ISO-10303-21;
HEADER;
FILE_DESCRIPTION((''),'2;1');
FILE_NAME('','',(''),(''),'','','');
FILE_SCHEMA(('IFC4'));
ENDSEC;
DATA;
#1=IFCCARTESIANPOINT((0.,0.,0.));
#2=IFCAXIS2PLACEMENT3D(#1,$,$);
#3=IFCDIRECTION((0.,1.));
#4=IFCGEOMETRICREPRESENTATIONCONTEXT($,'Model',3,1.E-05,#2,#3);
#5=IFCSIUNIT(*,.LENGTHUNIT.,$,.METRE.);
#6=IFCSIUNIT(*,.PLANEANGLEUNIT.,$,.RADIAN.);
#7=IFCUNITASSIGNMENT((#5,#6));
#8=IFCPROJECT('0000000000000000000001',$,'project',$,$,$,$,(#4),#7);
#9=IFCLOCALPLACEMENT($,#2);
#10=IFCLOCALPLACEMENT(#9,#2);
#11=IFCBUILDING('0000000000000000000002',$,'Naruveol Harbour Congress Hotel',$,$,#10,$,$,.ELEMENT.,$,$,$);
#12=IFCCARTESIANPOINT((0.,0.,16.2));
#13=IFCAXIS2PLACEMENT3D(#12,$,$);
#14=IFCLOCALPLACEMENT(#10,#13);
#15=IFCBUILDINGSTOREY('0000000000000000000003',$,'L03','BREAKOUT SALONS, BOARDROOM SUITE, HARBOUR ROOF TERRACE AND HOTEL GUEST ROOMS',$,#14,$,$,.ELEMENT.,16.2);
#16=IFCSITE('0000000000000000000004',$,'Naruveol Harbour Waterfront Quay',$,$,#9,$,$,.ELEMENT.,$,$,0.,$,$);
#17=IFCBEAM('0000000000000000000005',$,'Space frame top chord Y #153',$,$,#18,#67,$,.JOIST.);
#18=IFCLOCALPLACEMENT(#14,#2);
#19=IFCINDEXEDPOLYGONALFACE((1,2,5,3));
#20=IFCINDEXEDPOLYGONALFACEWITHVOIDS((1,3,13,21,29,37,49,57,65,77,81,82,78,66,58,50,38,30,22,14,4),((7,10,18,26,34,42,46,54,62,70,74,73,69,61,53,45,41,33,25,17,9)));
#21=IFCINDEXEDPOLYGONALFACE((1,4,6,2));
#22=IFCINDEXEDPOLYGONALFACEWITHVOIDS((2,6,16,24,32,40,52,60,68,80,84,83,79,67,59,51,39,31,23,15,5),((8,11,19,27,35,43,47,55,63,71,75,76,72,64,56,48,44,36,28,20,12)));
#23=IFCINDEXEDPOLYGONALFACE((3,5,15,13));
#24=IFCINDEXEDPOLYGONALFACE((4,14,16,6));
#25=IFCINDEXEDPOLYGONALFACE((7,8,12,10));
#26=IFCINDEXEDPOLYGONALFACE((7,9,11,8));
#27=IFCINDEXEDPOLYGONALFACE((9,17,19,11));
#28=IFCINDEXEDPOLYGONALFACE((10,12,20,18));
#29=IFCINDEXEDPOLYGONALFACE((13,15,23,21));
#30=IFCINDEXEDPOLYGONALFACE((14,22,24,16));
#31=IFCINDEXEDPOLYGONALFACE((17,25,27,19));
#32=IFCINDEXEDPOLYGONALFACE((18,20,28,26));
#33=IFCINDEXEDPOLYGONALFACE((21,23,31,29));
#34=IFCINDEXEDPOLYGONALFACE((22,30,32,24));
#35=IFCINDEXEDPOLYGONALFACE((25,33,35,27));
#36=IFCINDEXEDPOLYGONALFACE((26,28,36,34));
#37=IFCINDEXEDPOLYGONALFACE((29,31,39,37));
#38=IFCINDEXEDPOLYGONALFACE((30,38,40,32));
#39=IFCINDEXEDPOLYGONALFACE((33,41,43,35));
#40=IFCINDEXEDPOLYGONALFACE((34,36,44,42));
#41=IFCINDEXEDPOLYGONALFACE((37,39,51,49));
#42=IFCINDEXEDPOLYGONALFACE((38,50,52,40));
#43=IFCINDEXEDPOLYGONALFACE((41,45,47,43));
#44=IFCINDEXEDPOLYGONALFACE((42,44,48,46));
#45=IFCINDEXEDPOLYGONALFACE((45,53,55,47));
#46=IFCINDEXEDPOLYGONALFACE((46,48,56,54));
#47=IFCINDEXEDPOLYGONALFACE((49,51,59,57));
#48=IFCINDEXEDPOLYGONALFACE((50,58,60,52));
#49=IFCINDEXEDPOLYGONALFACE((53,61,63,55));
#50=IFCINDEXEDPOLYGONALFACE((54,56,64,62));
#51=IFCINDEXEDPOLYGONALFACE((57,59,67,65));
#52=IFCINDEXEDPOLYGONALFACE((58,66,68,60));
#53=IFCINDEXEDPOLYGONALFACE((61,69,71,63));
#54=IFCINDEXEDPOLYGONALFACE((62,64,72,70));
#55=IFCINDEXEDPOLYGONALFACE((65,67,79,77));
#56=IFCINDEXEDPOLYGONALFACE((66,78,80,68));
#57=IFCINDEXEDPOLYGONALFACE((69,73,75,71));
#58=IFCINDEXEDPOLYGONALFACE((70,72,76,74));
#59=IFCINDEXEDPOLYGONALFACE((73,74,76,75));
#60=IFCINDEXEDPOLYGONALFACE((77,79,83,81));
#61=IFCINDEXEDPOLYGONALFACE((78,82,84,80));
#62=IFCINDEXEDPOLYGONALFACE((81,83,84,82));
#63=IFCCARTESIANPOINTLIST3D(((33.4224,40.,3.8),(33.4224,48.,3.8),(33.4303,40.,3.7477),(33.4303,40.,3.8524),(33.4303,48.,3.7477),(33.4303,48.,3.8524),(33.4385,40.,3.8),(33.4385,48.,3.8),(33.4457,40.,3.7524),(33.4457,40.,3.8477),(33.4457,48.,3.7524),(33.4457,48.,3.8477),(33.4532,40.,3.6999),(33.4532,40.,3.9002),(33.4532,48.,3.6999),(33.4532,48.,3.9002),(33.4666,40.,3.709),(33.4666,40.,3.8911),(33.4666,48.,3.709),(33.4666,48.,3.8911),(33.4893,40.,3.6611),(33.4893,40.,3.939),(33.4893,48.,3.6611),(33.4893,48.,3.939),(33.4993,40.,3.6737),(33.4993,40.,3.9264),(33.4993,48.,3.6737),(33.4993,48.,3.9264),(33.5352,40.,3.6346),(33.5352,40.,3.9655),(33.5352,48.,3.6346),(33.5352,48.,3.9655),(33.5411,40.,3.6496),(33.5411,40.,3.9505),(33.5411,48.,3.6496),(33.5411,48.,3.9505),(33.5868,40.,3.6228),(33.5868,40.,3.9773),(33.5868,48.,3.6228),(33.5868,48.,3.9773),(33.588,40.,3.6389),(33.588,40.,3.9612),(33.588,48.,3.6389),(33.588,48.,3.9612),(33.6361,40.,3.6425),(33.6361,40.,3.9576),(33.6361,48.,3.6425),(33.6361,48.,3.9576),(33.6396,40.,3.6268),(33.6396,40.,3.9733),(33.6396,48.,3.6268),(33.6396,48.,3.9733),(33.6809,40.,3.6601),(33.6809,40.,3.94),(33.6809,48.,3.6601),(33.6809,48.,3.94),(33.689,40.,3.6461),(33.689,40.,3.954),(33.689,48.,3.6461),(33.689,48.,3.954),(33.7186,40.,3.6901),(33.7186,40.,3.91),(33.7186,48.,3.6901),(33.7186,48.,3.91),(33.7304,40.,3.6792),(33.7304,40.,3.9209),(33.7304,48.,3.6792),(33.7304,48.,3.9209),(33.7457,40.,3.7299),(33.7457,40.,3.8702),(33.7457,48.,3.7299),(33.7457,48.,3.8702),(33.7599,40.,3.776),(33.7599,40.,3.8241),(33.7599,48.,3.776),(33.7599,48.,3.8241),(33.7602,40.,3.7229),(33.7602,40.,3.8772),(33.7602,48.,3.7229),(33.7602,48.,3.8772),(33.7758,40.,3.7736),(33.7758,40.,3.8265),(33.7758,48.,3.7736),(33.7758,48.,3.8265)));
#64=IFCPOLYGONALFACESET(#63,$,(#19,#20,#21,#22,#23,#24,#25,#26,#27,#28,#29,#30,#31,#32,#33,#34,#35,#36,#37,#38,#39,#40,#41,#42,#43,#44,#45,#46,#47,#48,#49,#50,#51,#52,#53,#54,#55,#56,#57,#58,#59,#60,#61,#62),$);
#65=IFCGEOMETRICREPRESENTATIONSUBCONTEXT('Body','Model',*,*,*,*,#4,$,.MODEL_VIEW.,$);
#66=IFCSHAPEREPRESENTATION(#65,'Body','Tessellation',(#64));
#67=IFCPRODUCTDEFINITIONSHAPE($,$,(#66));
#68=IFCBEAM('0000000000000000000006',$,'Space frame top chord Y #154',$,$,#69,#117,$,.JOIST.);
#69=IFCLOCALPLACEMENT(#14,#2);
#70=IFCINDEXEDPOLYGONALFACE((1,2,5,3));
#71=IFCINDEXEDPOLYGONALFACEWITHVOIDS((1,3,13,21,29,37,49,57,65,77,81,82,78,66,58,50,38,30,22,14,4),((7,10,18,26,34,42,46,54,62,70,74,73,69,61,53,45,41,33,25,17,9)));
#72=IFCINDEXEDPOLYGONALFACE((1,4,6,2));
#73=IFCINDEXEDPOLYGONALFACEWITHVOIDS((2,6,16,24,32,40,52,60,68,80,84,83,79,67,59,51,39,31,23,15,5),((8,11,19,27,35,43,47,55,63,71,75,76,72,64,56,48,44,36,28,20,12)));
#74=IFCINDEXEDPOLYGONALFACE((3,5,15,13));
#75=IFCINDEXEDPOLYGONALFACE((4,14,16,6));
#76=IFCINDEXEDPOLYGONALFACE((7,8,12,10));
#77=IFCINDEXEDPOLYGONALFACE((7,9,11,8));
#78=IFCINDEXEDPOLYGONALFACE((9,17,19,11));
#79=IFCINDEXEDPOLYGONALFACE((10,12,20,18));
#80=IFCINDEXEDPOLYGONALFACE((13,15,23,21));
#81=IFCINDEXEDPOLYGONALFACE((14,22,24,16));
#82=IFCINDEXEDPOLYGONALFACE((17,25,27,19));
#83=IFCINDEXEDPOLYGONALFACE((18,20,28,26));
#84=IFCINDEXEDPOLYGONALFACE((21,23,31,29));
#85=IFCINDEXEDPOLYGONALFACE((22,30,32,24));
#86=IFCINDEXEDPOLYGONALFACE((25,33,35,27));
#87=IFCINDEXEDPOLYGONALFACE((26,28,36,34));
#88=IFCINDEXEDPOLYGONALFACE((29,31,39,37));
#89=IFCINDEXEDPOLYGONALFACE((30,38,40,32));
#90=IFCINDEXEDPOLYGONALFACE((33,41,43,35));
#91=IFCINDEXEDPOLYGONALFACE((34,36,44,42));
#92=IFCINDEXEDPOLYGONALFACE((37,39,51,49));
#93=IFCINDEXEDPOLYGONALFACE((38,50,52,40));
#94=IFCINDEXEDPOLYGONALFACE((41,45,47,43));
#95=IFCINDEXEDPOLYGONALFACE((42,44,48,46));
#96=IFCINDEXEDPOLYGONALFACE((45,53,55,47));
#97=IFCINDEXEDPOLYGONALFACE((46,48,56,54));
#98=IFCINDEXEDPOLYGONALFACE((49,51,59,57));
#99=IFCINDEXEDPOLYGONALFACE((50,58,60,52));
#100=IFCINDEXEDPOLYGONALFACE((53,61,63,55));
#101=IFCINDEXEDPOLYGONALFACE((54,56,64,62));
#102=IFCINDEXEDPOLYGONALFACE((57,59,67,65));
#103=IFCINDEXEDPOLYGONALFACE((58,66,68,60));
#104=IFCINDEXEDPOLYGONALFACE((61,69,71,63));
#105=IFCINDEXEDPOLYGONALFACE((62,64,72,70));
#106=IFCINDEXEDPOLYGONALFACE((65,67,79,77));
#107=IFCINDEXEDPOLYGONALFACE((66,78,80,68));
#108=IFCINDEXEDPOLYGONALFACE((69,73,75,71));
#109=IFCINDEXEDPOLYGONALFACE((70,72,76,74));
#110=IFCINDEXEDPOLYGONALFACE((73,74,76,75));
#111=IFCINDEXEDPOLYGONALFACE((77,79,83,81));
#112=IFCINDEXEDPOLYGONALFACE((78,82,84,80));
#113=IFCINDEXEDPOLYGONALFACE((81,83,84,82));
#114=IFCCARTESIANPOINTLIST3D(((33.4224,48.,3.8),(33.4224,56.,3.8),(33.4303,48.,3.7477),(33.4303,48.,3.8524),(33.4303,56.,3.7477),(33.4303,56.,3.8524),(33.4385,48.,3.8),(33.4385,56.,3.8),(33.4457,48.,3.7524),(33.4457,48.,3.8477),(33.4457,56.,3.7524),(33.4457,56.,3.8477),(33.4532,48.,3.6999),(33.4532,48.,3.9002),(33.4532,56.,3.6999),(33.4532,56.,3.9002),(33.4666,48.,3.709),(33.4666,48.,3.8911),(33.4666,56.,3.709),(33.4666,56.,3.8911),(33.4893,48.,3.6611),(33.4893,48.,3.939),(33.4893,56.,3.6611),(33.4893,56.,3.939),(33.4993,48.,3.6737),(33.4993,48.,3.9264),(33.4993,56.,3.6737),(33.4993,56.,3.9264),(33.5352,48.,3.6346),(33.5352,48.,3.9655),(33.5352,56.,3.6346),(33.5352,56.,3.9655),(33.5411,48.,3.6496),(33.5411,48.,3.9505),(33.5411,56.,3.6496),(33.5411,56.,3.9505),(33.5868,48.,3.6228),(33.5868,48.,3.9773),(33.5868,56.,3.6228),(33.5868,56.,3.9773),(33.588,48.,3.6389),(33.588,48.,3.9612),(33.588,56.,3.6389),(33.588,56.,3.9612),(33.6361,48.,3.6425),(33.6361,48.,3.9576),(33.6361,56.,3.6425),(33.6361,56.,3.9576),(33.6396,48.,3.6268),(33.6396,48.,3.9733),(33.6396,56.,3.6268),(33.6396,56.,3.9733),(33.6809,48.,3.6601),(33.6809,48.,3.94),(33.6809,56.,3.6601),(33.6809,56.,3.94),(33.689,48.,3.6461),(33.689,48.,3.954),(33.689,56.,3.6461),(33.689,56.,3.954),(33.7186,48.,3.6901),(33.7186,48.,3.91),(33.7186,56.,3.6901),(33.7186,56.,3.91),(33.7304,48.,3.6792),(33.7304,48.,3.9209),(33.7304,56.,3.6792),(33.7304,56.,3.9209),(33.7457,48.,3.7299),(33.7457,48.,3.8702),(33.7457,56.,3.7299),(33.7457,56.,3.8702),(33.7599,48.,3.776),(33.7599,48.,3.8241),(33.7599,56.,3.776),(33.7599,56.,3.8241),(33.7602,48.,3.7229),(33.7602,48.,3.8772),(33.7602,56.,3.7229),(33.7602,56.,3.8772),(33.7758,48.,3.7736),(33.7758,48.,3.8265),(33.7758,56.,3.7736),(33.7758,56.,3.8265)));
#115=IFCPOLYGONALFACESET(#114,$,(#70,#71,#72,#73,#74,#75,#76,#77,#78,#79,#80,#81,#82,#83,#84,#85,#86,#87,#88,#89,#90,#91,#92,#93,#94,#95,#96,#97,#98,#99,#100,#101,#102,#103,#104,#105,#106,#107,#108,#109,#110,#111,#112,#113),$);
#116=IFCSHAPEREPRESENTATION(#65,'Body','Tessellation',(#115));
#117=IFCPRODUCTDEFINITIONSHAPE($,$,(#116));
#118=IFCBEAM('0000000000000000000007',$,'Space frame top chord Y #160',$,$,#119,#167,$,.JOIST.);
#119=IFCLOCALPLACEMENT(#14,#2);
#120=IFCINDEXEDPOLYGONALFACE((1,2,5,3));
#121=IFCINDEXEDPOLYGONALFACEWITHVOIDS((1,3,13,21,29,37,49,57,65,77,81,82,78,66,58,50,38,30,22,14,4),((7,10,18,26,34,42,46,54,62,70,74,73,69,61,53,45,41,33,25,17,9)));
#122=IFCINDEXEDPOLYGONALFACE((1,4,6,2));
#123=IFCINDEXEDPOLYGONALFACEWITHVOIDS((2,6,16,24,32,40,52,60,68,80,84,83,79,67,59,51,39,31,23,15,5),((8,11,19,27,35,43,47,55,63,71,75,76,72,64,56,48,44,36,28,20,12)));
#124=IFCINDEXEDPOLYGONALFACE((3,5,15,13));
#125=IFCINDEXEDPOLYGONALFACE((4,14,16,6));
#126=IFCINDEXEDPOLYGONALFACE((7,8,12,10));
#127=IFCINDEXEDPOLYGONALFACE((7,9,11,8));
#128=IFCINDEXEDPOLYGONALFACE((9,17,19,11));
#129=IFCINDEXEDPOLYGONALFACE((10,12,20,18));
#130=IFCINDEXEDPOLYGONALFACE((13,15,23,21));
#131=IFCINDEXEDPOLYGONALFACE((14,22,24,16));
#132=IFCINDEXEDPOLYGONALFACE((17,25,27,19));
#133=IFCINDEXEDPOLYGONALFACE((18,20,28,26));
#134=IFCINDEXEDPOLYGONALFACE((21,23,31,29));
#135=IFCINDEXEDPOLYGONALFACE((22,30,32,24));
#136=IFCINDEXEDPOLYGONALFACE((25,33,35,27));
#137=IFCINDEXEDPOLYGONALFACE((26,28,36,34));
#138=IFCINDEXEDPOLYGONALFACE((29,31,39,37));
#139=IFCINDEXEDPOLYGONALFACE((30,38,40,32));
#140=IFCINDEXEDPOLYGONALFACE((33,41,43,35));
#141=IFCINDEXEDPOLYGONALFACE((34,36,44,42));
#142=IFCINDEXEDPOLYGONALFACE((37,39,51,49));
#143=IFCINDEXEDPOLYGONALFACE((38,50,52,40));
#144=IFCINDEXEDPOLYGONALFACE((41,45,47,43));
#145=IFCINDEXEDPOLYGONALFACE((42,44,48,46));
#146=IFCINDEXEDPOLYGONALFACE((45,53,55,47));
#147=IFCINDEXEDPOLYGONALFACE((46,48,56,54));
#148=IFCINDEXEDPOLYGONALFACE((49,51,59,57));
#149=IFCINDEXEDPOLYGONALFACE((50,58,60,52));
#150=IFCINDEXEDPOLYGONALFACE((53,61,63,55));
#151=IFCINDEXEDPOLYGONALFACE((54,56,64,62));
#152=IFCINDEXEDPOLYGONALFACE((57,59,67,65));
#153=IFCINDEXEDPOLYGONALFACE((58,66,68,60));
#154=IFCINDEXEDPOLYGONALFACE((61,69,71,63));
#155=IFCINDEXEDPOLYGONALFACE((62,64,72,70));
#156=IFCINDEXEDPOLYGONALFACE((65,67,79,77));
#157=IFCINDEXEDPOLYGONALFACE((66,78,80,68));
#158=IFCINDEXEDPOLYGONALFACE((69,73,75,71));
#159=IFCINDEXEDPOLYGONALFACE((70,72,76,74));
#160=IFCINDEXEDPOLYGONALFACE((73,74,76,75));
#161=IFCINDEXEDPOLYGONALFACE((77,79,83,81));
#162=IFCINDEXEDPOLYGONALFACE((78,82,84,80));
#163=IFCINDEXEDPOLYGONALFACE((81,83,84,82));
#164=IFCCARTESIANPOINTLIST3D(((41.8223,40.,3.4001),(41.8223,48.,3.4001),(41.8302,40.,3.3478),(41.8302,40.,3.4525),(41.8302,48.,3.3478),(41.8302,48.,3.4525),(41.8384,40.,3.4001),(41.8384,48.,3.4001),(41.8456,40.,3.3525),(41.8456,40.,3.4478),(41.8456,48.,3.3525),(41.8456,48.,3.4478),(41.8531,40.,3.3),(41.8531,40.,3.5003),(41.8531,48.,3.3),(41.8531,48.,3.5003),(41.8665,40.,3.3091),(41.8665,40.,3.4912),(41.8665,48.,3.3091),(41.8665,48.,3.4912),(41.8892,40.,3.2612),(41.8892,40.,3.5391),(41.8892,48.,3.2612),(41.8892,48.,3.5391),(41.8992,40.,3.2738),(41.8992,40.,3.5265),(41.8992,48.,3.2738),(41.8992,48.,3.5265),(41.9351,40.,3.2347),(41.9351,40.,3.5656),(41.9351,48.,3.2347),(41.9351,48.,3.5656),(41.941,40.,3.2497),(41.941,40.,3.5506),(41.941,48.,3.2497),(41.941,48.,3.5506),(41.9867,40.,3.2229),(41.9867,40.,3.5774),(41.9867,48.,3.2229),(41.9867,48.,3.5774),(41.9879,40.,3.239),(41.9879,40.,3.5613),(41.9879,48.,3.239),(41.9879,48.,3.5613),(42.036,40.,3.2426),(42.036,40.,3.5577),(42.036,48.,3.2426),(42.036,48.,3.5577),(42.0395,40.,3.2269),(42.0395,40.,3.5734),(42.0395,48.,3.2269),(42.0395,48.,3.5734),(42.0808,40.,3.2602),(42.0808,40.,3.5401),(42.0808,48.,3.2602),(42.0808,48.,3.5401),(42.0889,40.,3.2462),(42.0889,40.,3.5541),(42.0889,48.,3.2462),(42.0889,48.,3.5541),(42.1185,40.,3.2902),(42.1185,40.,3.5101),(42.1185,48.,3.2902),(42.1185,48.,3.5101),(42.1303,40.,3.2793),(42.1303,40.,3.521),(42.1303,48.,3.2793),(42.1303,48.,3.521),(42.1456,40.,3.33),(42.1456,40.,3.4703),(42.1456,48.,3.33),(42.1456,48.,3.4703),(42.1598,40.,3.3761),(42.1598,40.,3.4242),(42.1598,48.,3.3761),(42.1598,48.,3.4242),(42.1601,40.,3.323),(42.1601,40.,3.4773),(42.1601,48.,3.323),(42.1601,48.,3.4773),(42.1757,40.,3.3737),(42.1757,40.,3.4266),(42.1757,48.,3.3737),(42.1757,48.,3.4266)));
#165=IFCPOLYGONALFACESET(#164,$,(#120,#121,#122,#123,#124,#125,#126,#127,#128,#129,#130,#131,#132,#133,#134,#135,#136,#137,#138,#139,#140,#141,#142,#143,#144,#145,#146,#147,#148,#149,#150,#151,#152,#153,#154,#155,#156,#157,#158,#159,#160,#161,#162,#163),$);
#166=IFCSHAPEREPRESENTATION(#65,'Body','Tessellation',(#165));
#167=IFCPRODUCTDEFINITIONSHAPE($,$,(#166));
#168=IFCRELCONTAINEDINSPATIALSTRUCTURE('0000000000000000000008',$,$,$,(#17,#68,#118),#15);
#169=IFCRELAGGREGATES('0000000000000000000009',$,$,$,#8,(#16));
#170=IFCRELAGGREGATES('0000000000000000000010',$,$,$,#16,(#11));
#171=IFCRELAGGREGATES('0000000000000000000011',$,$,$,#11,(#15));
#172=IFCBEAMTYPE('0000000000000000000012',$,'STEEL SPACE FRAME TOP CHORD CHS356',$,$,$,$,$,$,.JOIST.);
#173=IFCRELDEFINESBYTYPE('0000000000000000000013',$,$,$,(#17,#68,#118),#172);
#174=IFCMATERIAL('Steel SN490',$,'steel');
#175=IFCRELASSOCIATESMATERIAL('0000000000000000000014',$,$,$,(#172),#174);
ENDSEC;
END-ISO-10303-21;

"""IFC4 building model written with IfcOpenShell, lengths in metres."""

from ifc_helpers import new_model, si_unit, direction, frame, origin, origin_2d, place, context, subcontext, project, spatial, hollow_circle, extrude, material, material_profile, profile_set, type_object, element, save


model = new_model("IFC4")

# Units and contexts
model_context = context("Model", 3, precision=1e-05, world=origin(), true_north=direction((0.0, 1.0)))
body_context = subcontext(model_context, "Body", "Model", "MODEL_VIEW")
ifc_project = project(units=[si_unit("LENGTHUNIT", "METRE"), si_unit("PLANEANGLEUNIT", "RADIAN")], contexts=[model_context])

# Site, building, storey
site_placement = place(None, origin())
site = spatial("IfcSite", under=ifc_project, at=site_placement, Name="Naruveol Harbour Waterfront Quay", CompositionType="ELEMENT", RefElevation=0.0)
building_placement = place(site_placement, origin())
building = spatial("IfcBuilding", under=site, at=building_placement, Name="Naruveol Harbour Congress Hotel", CompositionType="ELEMENT")
storey_placement = place(building_placement, frame((0.0, 0.0, 16.2)))
storey = spatial("IfcBuildingStorey", under=building, at=storey_placement, Name="L03", Description="BREAKOUT SALONS, BOARDROOM SUITE, HARBOUR ROOF TERRACE AND HOTEL GUEST ROOMS", CompositionType="ELEMENT", Elevation=16.2)

# Beams
ifc_material_1 = material(Name="Steel SN490", Category="steel")
ifc_material_profile_1 = material_profile(ifc_material_1, hollow_circle(Radius=0.1777, WallThickness=0.0161, at=origin_2d()), Name="CHS-355.6x16")
ifc_profile_set_1 = profile_set([ifc_material_profile_1], Name="Steel SN490")
beam_type_1 = type_object("IfcBeamType", Name="STEEL SPACE FRAME TOP CHORD CHS356", PredefinedType="JOIST", material=ifc_profile_set_1)
for number, where, z_axis, x_axis, name in (
    (1, (33.6001, 40.0, 3.8), (0.0, 1.0, 0.0), (-1.0, 0.0, 0.0), "Space frame top chord Y #153"),
    (2, (33.6001, 48.0, 3.8), (0.0, 1.0, 0.0), (-1.0, 0.0, 0.0), "Space frame top chord Y #154"),
    (3, (42.0, 40.0, 3.4001), (0.0, 1.0, 0.0), (-1.0, 0.0, 0.0), "Space frame top chord Y #160"),
):
    element("IfcBeam", number, at=place(storey_placement, frame(where, z_axis=z_axis, x_axis=x_axis)), inside=storey, type_object=beam_type_1, Name=name, PredefinedType="JOIST", context=body_context, shape_type="SweptSolid", body=[
        extrude(hollow_circle(Radius=0.1777, WallThickness=0.0161, at=origin_2d()), origin(), (0.0, 0.0, 1.0), 8.0),
    ])

save(model, "model.ifc")
